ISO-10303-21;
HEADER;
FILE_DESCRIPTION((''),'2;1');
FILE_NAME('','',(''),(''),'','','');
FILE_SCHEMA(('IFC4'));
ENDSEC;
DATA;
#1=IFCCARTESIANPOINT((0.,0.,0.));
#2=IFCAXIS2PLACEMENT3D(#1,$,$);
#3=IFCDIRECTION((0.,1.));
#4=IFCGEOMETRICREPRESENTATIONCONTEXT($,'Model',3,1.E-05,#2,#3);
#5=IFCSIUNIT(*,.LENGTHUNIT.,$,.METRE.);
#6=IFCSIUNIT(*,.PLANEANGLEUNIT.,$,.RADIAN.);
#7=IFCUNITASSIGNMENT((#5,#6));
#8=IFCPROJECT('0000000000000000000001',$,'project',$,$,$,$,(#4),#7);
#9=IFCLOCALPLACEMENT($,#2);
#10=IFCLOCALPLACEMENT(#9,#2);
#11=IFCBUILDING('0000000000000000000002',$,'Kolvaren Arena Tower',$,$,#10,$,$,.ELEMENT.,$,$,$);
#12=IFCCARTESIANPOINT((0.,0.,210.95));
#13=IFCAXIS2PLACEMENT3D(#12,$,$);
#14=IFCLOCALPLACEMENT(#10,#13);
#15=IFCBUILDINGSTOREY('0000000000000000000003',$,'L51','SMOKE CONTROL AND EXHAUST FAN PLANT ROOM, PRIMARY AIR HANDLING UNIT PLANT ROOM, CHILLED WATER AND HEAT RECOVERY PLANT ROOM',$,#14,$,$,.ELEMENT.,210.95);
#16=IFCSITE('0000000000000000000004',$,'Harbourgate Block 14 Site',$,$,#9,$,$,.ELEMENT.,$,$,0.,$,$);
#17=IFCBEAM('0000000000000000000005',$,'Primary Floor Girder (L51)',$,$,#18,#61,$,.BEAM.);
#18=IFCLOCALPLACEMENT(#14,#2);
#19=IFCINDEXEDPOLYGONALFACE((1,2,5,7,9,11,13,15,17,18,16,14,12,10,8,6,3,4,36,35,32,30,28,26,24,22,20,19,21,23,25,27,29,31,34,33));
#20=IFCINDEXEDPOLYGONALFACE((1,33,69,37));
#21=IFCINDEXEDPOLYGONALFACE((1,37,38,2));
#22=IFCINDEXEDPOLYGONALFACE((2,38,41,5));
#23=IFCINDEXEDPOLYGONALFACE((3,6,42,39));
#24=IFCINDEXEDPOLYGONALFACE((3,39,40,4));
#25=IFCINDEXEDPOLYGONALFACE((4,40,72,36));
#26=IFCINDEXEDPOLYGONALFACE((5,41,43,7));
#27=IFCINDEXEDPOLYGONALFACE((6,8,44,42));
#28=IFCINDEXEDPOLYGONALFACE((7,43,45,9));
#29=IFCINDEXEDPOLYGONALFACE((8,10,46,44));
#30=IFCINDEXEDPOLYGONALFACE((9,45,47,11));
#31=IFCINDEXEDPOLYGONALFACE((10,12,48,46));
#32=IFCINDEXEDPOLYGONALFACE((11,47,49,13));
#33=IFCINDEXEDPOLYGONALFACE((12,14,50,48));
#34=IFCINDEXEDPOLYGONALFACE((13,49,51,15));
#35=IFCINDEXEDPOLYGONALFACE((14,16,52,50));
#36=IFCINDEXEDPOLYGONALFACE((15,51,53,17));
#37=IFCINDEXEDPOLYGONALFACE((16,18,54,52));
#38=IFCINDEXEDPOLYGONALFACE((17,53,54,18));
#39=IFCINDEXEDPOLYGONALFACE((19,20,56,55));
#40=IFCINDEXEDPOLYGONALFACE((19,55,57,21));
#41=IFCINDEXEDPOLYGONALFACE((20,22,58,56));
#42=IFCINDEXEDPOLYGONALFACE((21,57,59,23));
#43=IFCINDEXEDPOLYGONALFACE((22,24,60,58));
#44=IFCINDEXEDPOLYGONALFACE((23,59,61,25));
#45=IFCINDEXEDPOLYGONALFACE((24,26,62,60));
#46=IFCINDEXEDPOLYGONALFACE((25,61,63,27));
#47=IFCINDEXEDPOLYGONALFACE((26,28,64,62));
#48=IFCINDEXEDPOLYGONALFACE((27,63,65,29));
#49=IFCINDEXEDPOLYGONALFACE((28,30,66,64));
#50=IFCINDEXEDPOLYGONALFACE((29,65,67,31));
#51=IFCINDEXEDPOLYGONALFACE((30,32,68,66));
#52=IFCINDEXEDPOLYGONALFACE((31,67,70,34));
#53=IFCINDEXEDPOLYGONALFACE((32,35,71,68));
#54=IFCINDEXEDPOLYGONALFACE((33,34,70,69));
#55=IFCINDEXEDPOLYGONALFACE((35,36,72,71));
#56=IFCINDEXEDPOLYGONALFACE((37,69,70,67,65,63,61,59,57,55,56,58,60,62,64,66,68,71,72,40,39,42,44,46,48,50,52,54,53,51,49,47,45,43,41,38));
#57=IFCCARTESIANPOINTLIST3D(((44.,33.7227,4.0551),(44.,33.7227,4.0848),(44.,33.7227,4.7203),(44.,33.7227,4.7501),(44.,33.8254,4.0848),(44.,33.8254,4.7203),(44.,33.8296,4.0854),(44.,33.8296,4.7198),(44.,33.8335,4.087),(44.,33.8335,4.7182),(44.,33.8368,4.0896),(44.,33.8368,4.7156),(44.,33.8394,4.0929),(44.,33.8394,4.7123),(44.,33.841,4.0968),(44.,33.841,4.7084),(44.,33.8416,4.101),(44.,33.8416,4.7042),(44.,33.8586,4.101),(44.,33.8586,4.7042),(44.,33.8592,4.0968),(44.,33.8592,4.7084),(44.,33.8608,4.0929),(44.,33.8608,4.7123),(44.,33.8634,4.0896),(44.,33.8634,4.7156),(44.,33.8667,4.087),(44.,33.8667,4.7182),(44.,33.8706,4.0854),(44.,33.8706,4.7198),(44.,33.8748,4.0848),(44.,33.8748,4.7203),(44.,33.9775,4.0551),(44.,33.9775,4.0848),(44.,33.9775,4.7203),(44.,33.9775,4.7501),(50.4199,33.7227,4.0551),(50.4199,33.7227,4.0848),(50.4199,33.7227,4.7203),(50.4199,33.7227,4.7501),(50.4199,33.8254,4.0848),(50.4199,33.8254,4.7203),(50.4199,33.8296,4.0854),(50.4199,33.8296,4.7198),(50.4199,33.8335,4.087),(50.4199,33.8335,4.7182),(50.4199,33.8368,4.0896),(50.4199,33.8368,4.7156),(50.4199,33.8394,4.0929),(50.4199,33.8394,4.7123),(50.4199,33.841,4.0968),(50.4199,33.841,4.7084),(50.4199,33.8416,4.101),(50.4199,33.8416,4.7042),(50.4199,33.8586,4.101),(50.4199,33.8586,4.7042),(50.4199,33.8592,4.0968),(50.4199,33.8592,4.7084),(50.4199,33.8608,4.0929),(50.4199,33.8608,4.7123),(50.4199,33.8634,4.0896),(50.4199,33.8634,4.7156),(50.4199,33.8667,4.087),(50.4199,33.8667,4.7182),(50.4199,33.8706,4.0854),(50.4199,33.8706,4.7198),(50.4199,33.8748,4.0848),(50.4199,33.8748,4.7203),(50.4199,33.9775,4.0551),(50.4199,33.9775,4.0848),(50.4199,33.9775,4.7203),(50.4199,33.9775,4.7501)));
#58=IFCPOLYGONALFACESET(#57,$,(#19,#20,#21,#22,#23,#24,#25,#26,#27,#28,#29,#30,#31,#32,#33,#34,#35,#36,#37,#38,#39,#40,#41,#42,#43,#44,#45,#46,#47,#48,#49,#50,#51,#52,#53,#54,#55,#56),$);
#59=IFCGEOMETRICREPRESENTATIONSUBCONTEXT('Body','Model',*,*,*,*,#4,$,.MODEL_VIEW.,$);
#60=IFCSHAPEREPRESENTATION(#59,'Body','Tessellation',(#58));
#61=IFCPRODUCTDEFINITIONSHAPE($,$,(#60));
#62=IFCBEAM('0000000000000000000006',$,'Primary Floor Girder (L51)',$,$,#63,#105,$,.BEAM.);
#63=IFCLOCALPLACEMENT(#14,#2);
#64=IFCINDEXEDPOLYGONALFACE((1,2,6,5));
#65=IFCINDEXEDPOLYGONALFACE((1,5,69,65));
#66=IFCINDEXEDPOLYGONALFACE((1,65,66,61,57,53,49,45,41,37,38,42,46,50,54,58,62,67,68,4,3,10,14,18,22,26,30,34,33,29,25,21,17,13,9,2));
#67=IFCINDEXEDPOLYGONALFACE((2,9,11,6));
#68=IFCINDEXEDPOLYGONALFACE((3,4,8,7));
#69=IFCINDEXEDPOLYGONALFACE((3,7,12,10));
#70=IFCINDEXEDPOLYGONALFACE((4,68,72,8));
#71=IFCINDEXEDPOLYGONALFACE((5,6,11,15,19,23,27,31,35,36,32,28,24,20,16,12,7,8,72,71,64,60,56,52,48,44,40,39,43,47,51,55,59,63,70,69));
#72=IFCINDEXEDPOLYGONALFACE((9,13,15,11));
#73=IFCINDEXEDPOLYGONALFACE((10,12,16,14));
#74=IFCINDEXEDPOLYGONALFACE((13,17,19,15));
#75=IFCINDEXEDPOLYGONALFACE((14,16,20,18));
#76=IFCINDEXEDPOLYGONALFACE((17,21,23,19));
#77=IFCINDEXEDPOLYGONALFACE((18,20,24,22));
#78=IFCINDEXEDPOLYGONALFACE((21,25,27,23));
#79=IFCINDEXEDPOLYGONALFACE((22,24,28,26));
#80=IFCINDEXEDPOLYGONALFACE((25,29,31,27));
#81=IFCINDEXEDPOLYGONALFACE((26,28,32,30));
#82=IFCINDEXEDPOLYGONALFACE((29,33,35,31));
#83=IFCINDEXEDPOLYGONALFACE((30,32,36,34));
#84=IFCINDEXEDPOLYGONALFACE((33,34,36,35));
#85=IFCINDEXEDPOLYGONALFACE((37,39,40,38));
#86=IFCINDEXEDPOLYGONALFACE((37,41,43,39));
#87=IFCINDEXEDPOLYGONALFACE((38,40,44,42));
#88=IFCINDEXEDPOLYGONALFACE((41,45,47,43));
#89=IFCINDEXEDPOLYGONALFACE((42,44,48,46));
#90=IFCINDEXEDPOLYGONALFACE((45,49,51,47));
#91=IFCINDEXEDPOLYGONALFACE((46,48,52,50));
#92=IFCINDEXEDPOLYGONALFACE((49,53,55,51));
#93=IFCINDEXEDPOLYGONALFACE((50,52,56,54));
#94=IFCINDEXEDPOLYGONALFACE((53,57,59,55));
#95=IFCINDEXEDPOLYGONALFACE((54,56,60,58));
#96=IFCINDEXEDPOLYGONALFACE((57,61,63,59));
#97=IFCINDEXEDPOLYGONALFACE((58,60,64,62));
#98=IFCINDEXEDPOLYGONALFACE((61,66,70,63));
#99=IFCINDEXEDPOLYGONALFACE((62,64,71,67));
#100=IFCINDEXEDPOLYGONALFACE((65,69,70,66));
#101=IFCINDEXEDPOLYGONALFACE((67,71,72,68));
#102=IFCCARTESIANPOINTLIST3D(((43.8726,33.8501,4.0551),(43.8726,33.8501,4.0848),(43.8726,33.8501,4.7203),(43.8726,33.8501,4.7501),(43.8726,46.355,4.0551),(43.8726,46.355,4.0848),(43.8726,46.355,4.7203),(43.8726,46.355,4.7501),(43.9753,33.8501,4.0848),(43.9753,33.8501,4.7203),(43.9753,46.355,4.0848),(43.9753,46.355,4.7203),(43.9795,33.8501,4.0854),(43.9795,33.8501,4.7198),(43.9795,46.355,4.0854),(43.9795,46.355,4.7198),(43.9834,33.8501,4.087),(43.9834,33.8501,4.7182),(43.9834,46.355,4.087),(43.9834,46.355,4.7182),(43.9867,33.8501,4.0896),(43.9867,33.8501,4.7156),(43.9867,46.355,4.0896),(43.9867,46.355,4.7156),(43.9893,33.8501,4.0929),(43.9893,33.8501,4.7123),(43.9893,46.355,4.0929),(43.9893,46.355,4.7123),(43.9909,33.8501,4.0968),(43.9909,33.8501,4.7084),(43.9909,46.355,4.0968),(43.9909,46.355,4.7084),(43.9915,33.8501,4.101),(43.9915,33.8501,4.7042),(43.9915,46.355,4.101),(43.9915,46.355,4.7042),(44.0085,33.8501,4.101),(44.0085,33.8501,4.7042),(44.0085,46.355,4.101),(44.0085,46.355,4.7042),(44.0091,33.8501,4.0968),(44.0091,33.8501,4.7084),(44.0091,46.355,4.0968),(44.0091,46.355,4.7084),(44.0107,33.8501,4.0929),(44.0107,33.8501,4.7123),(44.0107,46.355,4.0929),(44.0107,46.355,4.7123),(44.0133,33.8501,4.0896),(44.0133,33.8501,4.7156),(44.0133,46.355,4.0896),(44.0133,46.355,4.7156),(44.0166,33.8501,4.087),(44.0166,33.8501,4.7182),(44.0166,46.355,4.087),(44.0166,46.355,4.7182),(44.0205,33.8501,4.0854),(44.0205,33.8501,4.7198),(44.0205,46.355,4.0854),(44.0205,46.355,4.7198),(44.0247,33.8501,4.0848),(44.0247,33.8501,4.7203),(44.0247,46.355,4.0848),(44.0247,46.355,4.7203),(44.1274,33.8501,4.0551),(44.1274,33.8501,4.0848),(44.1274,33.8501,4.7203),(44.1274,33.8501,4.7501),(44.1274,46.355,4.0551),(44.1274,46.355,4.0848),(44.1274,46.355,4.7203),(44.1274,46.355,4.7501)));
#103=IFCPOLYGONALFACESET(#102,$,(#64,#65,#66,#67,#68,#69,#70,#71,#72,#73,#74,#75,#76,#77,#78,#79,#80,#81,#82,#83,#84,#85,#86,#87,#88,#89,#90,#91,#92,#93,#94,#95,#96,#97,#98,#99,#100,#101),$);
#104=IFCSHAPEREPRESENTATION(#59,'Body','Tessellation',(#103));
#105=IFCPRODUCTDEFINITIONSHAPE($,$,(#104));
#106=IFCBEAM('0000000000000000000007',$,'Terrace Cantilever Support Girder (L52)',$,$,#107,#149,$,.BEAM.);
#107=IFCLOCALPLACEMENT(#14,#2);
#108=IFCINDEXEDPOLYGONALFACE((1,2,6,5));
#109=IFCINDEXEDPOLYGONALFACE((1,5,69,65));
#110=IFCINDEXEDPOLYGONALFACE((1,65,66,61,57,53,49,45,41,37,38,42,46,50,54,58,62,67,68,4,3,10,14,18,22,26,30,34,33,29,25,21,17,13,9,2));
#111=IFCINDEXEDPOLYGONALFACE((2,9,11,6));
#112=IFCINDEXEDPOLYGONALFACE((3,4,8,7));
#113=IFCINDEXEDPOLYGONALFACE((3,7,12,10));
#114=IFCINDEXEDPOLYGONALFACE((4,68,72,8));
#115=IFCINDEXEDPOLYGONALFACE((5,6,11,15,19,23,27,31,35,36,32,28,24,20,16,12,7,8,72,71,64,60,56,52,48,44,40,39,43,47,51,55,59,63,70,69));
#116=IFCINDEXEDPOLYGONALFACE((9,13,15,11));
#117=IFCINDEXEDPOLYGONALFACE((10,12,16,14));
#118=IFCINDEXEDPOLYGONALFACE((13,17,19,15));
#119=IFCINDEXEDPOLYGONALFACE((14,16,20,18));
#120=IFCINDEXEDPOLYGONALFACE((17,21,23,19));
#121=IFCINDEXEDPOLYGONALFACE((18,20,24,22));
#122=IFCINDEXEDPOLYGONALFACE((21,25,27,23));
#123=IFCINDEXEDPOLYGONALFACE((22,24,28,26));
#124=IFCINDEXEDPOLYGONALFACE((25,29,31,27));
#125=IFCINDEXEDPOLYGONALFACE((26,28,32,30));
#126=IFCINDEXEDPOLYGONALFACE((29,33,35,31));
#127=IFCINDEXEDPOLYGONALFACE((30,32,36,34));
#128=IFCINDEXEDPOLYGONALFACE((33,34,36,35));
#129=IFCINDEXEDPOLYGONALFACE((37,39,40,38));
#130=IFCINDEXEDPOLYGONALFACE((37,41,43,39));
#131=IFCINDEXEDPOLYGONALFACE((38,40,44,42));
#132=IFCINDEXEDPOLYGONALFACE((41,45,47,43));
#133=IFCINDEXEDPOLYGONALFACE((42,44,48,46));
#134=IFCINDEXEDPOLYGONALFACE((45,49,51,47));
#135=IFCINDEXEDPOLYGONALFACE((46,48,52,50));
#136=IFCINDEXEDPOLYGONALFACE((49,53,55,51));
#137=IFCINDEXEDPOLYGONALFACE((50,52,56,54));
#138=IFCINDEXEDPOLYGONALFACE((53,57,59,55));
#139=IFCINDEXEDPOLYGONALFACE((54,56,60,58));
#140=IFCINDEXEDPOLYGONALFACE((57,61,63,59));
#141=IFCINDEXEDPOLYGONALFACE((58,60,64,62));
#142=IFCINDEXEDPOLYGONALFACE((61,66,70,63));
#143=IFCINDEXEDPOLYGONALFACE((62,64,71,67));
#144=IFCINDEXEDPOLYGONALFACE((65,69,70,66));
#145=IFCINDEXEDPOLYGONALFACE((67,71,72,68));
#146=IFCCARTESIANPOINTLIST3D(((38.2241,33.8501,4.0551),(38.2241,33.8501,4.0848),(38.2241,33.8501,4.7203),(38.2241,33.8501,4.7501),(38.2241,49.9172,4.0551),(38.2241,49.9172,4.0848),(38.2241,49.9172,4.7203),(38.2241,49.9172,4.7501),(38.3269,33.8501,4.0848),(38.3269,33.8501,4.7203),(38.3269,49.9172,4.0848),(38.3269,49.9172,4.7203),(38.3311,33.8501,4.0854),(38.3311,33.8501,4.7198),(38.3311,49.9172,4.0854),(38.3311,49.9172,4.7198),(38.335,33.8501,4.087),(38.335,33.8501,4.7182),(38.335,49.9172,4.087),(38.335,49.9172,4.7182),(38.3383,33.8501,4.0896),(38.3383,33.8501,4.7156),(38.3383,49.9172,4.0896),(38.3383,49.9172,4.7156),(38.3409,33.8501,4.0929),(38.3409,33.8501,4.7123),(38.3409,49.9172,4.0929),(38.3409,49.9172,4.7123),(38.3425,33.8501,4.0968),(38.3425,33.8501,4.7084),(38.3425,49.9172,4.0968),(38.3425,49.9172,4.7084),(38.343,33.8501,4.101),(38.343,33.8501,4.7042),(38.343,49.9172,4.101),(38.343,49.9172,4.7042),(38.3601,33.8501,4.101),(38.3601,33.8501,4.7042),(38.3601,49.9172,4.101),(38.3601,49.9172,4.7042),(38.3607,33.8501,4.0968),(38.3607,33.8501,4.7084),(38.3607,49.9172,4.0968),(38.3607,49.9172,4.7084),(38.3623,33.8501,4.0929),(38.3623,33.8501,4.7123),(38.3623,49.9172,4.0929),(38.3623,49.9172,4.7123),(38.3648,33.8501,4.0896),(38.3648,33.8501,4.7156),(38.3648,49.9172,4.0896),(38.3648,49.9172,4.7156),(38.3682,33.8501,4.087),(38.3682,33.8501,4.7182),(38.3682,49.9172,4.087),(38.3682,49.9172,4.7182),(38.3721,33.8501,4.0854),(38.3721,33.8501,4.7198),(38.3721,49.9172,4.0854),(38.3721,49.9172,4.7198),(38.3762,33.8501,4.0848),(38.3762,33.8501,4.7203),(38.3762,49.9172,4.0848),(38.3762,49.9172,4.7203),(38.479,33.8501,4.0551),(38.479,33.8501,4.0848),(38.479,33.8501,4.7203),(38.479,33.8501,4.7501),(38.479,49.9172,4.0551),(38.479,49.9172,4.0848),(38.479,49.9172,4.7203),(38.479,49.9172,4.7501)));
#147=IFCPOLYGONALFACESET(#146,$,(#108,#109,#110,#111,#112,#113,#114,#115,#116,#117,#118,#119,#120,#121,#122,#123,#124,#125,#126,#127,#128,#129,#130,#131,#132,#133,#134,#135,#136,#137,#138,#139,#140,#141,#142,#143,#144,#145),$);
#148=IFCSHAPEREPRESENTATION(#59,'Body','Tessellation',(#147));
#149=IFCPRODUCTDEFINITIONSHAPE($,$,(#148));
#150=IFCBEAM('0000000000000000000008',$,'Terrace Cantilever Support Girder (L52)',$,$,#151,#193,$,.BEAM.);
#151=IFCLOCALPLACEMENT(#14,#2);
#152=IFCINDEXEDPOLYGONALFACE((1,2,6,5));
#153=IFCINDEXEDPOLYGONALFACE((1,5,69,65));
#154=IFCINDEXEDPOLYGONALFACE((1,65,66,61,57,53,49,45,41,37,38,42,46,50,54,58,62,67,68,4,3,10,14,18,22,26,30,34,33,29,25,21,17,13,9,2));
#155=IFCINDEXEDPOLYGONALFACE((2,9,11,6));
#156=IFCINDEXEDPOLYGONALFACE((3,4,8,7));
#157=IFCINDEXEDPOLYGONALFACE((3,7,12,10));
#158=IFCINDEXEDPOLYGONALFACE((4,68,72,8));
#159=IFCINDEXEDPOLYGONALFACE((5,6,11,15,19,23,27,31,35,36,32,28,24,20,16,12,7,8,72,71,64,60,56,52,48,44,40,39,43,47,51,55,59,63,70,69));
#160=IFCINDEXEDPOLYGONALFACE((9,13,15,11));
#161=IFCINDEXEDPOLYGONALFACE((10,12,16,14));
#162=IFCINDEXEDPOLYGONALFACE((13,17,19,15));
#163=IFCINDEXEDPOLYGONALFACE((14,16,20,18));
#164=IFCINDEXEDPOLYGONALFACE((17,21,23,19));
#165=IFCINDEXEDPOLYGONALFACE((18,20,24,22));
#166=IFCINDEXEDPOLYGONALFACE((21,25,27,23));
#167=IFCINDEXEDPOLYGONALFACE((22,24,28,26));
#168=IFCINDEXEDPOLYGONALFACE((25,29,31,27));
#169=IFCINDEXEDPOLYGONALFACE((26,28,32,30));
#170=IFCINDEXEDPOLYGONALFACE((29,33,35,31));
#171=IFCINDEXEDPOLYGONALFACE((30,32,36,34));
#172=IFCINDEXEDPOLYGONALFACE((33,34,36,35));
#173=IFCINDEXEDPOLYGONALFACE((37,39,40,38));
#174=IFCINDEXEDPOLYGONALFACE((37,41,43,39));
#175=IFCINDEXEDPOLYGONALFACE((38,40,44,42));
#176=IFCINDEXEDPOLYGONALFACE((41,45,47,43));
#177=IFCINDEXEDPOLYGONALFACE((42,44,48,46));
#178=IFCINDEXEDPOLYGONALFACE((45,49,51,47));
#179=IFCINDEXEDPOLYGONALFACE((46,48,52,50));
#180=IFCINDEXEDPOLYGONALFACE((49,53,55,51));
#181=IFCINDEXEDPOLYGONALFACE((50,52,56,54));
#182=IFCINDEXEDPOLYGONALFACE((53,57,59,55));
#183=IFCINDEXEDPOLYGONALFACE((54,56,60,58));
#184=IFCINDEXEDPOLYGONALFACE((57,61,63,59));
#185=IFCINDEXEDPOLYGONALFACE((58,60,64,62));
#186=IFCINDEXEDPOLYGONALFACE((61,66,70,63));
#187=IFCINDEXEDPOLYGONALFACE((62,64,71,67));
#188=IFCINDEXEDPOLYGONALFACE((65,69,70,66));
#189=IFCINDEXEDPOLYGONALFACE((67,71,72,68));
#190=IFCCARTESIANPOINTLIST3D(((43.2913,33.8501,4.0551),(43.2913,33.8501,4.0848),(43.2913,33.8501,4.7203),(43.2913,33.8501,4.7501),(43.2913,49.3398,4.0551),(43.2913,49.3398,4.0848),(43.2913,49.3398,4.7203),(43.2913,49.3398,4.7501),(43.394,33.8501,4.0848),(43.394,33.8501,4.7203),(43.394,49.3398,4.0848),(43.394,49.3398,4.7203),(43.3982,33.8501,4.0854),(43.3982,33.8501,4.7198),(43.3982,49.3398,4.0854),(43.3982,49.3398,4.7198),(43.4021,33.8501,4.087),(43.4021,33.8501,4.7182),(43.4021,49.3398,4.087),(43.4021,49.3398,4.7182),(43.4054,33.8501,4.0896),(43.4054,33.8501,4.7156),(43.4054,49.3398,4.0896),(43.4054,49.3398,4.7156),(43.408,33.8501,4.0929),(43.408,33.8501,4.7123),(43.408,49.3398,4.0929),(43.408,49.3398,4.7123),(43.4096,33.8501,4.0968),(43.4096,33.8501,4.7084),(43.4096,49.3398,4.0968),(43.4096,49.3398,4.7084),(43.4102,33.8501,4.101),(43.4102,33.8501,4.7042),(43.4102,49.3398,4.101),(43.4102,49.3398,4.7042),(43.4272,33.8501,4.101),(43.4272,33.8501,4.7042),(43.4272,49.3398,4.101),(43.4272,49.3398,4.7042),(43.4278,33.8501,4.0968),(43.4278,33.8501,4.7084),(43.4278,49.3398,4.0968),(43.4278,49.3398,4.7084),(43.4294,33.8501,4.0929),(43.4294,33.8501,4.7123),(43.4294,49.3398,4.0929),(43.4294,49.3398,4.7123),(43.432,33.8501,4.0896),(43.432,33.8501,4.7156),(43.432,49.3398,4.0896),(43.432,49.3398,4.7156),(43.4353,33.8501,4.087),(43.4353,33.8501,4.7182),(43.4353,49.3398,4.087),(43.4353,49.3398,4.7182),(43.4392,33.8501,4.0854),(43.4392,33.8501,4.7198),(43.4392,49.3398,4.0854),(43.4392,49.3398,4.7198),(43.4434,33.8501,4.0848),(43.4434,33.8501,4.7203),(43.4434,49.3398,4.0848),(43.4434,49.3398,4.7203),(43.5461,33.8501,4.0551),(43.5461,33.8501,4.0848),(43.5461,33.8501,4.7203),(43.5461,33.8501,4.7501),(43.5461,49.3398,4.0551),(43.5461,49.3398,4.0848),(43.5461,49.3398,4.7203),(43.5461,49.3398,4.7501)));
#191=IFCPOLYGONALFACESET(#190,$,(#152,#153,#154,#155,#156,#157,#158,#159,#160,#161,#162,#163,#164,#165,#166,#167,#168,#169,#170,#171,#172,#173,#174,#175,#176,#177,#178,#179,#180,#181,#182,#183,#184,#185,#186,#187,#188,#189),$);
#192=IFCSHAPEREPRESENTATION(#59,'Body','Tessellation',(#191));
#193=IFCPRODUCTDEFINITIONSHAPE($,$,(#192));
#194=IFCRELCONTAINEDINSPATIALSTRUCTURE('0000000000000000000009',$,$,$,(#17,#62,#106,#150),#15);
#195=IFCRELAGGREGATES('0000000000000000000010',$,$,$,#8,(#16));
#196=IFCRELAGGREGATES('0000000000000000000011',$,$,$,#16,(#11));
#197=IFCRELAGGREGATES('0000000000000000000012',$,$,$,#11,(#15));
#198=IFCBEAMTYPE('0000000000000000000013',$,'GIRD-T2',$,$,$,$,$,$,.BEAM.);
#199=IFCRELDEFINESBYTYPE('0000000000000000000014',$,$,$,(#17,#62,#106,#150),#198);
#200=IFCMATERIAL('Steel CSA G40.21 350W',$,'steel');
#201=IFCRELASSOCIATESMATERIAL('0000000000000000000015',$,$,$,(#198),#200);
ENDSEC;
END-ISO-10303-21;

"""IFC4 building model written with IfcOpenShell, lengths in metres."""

from ifc_helpers import new_model, si_unit, direction, frame, origin, origin_2d, place, context, subcontext, project, spatial, i_section, extrude, material, material_profile, profile_set, type_object, element, save


model = new_model("IFC4")

# Units and contexts
model_context = context("Model", 3, precision=1e-05, world=origin(), true_north=direction((0.0, 1.0)))
body_context = subcontext(model_context, "Body", "Model", "MODEL_VIEW")
ifc_project = project(units=[si_unit("LENGTHUNIT", "METRE"), si_unit("PLANEANGLEUNIT", "RADIAN")], contexts=[model_context])

# Site, building, storey
site_placement = place(None, origin())
site = spatial("IfcSite", under=ifc_project, at=site_placement, Name="Harbourgate Block 14 Site", CompositionType="ELEMENT", RefElevation=0.0)
building_placement = place(site_placement, origin())
building = spatial("IfcBuilding", under=site, at=building_placement, Name="Kolvaren Arena Tower", CompositionType="ELEMENT")
storey_placement = place(building_placement, frame((0.0, 0.0, 210.95)))
storey = spatial("IfcBuildingStorey", under=building, at=storey_placement, Name="L51", Description="SMOKE CONTROL AND EXHAUST FAN PLANT ROOM, PRIMARY AIR HANDLING UNIT PLANT ROOM, CHILLED WATER AND HEAT RECOVERY PLANT ROOM", CompositionType="ELEMENT", Elevation=210.95)

# Shared definitions
ifc_material_1 = material(Name="Steel CSA G40.21 350W", Category="steel")

# Beams
ifc_material_profile_1 = material_profile(ifc_material_1, i_section(OverallWidth=0.2549, OverallDepth=0.6951, WebThickness=0.0171, FlangeThickness=0.0298, FilletRadius=0.0161, at=origin_2d()), Name="W690x217")
ifc_profile_set_1 = profile_set([ifc_material_profile_1], Name="Steel CSA G40.21 350W")
beam_type_1 = type_object("IfcBeamType", Name="GIRD-T2", PredefinedType="BEAM", material=ifc_profile_set_1)
beam_1_placement = place(storey_placement, frame((44.0, 33.8501, 4.4026), z_axis=(1.0, 0.0, 0.0), x_axis=(0.0, 1.0, 0.0)))
element("IfcBeam", 1, at=beam_1_placement, inside=storey, type_object=beam_type_1, Name="Primary Floor Girder (L51)", PredefinedType="BEAM", context=body_context, shape_type="SweptSolid", body=[
    extrude(i_section(OverallWidth=0.2549, OverallDepth=0.6951, WebThickness=0.0171, FlangeThickness=0.0298, FilletRadius=0.0161, at=origin_2d()), origin(), (0.0, 0.0, 1.0), 6.4199),
])
beam_2_placement = place(storey_placement, frame((44.0, 33.8501, 4.4026), z_axis=(0.0, 1.0, 0.0), x_axis=(-1.0, 0.0, 0.0)))
element("IfcBeam", 2, at=beam_2_placement, inside=storey, type_object=beam_type_1, Name="Primary Floor Girder (L51)", PredefinedType="BEAM", context=body_context, shape_type="SweptSolid", body=[
    extrude(i_section(OverallWidth=0.2549, OverallDepth=0.6951, WebThickness=0.0171, FlangeThickness=0.0298, FilletRadius=0.0161, at=origin_2d()), origin(), (0.0, 0.0, 1.0), 12.5049),
])
beam_3_placement = place(storey_placement, frame((38.3516, 33.8501, 4.4026), z_axis=(0.0, 1.0, 0.0), x_axis=(-1.0, 0.0, 0.0)))
element("IfcBeam", 3, at=beam_3_placement, inside=storey, type_object=beam_type_1, Name="Terrace Cantilever Support Girder (L52)", PredefinedType="BEAM", context=body_context, shape_type="SweptSolid", body=[
    extrude(i_section(OverallWidth=0.2549, OverallDepth=0.6951, WebThickness=0.0171, FlangeThickness=0.0298, FilletRadius=0.0161, at=origin_2d()), origin(), (0.0, 0.0, 1.0), 16.0671),
])
beam_4_placement = place(storey_placement, frame((43.4187, 33.8501, 4.4026), z_axis=(0.0, 1.0, 0.0), x_axis=(-1.0, 0.0, 0.0)))
element("IfcBeam", 4, at=beam_4_placement, inside=storey, type_object=beam_type_1, Name="Terrace Cantilever Support Girder (L52)", PredefinedType="BEAM", context=body_context, shape_type="SweptSolid", body=[
    extrude(i_section(OverallWidth=0.2549, OverallDepth=0.6951, WebThickness=0.0171, FlangeThickness=0.0298, FilletRadius=0.0161, at=origin_2d()), origin(), (0.0, 0.0, 1.0), 15.4897),
])

save(model, "model.ifc")
